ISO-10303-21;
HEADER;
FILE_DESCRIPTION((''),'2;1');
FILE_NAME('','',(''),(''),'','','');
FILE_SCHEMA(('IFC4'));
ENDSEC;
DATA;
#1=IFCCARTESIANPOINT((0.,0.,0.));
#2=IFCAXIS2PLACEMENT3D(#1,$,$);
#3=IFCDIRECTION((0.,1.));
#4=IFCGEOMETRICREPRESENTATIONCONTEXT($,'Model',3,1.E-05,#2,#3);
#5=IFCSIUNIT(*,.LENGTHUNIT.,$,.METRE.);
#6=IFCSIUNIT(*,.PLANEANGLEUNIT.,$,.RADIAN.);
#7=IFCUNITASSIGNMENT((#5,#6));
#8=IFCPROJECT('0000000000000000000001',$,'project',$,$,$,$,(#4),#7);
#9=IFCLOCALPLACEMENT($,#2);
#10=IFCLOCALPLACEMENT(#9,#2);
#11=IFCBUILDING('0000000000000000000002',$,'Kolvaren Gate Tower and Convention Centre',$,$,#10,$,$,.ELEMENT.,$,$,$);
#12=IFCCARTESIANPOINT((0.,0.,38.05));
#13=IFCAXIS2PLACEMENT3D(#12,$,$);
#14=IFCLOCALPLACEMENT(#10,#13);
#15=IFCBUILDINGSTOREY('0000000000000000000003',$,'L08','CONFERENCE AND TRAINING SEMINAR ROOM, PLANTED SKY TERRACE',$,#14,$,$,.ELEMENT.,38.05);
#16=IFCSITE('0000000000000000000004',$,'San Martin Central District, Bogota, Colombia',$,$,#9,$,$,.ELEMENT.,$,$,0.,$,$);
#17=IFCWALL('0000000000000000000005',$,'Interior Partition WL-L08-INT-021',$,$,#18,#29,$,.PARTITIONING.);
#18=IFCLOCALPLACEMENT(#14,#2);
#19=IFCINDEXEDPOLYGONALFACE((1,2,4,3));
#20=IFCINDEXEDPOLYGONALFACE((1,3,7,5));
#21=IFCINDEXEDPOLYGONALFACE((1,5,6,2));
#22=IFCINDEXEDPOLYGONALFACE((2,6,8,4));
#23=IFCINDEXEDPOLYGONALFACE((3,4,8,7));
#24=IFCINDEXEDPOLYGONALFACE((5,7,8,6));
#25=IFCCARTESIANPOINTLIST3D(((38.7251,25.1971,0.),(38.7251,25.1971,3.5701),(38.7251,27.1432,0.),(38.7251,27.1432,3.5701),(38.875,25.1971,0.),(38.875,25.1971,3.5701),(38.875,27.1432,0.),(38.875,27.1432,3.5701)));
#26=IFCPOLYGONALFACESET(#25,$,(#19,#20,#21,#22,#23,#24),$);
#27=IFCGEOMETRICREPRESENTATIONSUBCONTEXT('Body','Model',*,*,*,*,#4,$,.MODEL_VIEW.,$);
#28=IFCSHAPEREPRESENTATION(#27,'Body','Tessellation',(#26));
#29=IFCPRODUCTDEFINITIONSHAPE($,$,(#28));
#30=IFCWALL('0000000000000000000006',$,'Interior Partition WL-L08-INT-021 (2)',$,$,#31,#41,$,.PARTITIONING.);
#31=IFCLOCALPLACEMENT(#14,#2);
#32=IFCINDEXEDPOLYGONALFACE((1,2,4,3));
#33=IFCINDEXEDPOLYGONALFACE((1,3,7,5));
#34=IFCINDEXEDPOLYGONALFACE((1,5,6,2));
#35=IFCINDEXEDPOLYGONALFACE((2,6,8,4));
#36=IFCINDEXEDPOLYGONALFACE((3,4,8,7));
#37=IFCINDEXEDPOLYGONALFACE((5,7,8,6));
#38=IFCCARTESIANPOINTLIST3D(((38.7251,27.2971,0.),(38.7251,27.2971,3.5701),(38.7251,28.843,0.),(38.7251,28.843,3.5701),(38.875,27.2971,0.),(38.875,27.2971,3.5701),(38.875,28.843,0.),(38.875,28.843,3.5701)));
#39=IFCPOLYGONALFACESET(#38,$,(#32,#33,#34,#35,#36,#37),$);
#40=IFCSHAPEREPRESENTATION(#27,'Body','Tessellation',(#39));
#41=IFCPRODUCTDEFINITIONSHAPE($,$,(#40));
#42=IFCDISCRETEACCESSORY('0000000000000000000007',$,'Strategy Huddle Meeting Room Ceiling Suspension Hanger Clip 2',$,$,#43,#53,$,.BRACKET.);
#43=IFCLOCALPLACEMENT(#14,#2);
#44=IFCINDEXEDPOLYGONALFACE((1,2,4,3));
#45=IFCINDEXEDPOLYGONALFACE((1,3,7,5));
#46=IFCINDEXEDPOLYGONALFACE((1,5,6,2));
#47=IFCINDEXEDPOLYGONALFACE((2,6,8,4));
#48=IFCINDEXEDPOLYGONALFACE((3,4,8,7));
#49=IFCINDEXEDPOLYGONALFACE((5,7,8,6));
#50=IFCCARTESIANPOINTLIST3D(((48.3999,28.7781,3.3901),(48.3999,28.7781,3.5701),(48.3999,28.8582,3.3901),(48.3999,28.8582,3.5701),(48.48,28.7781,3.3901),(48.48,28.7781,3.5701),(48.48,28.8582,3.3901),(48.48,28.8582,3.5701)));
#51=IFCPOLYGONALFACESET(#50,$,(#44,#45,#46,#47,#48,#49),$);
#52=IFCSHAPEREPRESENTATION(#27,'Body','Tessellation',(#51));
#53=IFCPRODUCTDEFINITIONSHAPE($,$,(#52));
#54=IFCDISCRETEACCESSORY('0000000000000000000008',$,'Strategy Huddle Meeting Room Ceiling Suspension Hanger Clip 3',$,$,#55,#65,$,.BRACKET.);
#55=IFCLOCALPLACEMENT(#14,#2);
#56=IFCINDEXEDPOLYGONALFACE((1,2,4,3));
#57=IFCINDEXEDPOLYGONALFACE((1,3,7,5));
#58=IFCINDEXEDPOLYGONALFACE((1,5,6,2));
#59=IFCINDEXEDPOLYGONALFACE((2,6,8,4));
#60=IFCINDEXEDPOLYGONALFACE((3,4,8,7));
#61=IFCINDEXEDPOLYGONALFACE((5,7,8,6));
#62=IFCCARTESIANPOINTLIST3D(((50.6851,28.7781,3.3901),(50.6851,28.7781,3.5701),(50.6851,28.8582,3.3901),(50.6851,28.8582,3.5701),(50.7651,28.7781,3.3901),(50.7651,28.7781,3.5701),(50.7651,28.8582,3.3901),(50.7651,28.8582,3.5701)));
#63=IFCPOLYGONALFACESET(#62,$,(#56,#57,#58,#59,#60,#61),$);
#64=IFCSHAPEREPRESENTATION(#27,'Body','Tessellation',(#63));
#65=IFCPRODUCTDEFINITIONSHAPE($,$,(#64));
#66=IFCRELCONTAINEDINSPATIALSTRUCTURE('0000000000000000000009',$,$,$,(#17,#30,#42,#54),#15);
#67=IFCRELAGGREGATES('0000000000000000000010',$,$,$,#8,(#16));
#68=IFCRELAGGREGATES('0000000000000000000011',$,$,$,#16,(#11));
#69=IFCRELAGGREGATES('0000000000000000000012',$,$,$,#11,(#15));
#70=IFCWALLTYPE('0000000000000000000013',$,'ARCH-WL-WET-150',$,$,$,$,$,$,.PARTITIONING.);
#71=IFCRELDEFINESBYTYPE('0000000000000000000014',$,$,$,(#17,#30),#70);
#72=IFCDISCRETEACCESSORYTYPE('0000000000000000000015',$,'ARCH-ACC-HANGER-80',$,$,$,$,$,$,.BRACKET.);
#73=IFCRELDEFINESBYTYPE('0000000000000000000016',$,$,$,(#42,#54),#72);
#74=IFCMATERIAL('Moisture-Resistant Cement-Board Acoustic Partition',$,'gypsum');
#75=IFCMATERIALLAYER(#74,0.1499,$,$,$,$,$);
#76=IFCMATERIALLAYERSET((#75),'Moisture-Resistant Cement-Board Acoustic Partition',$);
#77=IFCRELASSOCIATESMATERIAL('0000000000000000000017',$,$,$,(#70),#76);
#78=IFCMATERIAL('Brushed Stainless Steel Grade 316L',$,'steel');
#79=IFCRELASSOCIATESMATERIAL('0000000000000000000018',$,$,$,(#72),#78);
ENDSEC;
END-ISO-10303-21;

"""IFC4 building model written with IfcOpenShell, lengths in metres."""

from ifc_helpers import new_model, si_unit, direction, frame, frame_2d, origin, origin_2d, place, context, subcontext, project, spatial, rectangle, extrude, material, layer, layer_set, type_object, element, save


model = new_model("IFC4")

# Units and contexts
model_context = context("Model", 3, precision=1e-05, world=origin(), true_north=direction((0.0, 1.0)))
body_context = subcontext(model_context, "Body", "Model", "MODEL_VIEW")
ifc_project = project(units=[si_unit("LENGTHUNIT", "METRE"), si_unit("PLANEANGLEUNIT", "RADIAN")], contexts=[model_context])

# Site, building, storey
site_placement = place(None, origin())
site = spatial("IfcSite", under=ifc_project, at=site_placement, Name="San Martin Central District, Bogota, Colombia", CompositionType="ELEMENT", RefElevation=0.0)
building_placement = place(site_placement, origin())
building = spatial("IfcBuilding", under=site, at=building_placement, Name="Kolvaren Gate Tower and Convention Centre", CompositionType="ELEMENT")
storey_placement = place(building_placement, frame((0.0, 0.0, 38.05)))
storey = spatial("IfcBuildingStorey", under=building, at=storey_placement, Name="L08", Description="CONFERENCE AND TRAINING SEMINAR ROOM, PLANTED SKY TERRACE", CompositionType="ELEMENT", Elevation=38.05)

# Shared definitions
ifc_material_1 = material(Name="Brushed Stainless Steel Grade 316L", Category="steel")

# Walls
ifc_material_2 = material(Name="Moisture-Resistant Cement-Board Acoustic Partition", Category="gypsum")
ifc_layer_1 = layer(ifc_material_2, 0.1499)
ifc_layer_set_1 = layer_set([ifc_layer_1], Name="Moisture-Resistant Cement-Board Acoustic Partition")
wall_type_1 = type_object("IfcWallType", Name="ARCH-WL-WET-150", PredefinedType="PARTITIONING", material=ifc_layer_set_1)
wall_1_placement = place(storey_placement, frame((38.8, 25.197, 0.0), z_axis=(0.0, 0.0, 1.0), x_axis=(0.0, 1.0, 0.0)))
element("IfcWall", 1, at=wall_1_placement, inside=storey, type_object=wall_type_1, Name="Interior Partition WL-L08-INT-021", PredefinedType="PARTITIONING", context=body_context, shape_type="SweptSolid", body=[
    extrude(rectangle(XDim=1.946, YDim=0.1499, at=frame_2d((0.9731, 0.0))), origin(), (0.0, 0.0, 1.0), 3.5701),
])
wall_2_placement = place(storey_placement, frame((38.8, 27.2971, 0.0), z_axis=(0.0, 0.0, 1.0), x_axis=(0.0, 1.0, 0.0)))
element("IfcWall", 2, at=wall_2_placement, inside=storey, type_object=wall_type_1, Name="Interior Partition WL-L08-INT-021 (2)", PredefinedType="PARTITIONING", context=body_context, shape_type="SweptSolid", body=[
    extrude(rectangle(XDim=1.5459, YDim=0.1499, at=frame_2d((0.7729, 0.0))), origin(), (0.0, 0.0, 1.0), 3.5701),
])

# Discrete accessories
discrete_accessory_type = type_object("IfcDiscreteAccessoryType", Name="ARCH-ACC-HANGER-80", PredefinedType="BRACKET", material=ifc_material_1)
for number, where, z_axis, x_axis, name in (
    (3, (48.4399, 28.8181, 3.3901), (0.0, 0.0, 1.0), (1.0, 0.0, 0.0), "Strategy Huddle Meeting Room Ceiling Suspension Hanger Clip 2"),
    (4, (50.7251, 28.8181, 3.3901), (0.0, 0.0, 1.0), (1.0, 0.0, 0.0), "Strategy Huddle Meeting Room Ceiling Suspension Hanger Clip 3"),
):
    element("IfcDiscreteAccessory", number, at=place(storey_placement, frame(where, z_axis=z_axis, x_axis=x_axis)), inside=storey, type_object=discrete_accessory_type, Name=name, PredefinedType="BRACKET", context=body_context, shape_type="SweptSolid", body=[
        extrude(rectangle(XDim=0.0801, YDim=0.0801, at=origin_2d()), origin(), (0.0, 0.0, 1.0), 0.1799),
    ])

save(model, "model.ifc")
